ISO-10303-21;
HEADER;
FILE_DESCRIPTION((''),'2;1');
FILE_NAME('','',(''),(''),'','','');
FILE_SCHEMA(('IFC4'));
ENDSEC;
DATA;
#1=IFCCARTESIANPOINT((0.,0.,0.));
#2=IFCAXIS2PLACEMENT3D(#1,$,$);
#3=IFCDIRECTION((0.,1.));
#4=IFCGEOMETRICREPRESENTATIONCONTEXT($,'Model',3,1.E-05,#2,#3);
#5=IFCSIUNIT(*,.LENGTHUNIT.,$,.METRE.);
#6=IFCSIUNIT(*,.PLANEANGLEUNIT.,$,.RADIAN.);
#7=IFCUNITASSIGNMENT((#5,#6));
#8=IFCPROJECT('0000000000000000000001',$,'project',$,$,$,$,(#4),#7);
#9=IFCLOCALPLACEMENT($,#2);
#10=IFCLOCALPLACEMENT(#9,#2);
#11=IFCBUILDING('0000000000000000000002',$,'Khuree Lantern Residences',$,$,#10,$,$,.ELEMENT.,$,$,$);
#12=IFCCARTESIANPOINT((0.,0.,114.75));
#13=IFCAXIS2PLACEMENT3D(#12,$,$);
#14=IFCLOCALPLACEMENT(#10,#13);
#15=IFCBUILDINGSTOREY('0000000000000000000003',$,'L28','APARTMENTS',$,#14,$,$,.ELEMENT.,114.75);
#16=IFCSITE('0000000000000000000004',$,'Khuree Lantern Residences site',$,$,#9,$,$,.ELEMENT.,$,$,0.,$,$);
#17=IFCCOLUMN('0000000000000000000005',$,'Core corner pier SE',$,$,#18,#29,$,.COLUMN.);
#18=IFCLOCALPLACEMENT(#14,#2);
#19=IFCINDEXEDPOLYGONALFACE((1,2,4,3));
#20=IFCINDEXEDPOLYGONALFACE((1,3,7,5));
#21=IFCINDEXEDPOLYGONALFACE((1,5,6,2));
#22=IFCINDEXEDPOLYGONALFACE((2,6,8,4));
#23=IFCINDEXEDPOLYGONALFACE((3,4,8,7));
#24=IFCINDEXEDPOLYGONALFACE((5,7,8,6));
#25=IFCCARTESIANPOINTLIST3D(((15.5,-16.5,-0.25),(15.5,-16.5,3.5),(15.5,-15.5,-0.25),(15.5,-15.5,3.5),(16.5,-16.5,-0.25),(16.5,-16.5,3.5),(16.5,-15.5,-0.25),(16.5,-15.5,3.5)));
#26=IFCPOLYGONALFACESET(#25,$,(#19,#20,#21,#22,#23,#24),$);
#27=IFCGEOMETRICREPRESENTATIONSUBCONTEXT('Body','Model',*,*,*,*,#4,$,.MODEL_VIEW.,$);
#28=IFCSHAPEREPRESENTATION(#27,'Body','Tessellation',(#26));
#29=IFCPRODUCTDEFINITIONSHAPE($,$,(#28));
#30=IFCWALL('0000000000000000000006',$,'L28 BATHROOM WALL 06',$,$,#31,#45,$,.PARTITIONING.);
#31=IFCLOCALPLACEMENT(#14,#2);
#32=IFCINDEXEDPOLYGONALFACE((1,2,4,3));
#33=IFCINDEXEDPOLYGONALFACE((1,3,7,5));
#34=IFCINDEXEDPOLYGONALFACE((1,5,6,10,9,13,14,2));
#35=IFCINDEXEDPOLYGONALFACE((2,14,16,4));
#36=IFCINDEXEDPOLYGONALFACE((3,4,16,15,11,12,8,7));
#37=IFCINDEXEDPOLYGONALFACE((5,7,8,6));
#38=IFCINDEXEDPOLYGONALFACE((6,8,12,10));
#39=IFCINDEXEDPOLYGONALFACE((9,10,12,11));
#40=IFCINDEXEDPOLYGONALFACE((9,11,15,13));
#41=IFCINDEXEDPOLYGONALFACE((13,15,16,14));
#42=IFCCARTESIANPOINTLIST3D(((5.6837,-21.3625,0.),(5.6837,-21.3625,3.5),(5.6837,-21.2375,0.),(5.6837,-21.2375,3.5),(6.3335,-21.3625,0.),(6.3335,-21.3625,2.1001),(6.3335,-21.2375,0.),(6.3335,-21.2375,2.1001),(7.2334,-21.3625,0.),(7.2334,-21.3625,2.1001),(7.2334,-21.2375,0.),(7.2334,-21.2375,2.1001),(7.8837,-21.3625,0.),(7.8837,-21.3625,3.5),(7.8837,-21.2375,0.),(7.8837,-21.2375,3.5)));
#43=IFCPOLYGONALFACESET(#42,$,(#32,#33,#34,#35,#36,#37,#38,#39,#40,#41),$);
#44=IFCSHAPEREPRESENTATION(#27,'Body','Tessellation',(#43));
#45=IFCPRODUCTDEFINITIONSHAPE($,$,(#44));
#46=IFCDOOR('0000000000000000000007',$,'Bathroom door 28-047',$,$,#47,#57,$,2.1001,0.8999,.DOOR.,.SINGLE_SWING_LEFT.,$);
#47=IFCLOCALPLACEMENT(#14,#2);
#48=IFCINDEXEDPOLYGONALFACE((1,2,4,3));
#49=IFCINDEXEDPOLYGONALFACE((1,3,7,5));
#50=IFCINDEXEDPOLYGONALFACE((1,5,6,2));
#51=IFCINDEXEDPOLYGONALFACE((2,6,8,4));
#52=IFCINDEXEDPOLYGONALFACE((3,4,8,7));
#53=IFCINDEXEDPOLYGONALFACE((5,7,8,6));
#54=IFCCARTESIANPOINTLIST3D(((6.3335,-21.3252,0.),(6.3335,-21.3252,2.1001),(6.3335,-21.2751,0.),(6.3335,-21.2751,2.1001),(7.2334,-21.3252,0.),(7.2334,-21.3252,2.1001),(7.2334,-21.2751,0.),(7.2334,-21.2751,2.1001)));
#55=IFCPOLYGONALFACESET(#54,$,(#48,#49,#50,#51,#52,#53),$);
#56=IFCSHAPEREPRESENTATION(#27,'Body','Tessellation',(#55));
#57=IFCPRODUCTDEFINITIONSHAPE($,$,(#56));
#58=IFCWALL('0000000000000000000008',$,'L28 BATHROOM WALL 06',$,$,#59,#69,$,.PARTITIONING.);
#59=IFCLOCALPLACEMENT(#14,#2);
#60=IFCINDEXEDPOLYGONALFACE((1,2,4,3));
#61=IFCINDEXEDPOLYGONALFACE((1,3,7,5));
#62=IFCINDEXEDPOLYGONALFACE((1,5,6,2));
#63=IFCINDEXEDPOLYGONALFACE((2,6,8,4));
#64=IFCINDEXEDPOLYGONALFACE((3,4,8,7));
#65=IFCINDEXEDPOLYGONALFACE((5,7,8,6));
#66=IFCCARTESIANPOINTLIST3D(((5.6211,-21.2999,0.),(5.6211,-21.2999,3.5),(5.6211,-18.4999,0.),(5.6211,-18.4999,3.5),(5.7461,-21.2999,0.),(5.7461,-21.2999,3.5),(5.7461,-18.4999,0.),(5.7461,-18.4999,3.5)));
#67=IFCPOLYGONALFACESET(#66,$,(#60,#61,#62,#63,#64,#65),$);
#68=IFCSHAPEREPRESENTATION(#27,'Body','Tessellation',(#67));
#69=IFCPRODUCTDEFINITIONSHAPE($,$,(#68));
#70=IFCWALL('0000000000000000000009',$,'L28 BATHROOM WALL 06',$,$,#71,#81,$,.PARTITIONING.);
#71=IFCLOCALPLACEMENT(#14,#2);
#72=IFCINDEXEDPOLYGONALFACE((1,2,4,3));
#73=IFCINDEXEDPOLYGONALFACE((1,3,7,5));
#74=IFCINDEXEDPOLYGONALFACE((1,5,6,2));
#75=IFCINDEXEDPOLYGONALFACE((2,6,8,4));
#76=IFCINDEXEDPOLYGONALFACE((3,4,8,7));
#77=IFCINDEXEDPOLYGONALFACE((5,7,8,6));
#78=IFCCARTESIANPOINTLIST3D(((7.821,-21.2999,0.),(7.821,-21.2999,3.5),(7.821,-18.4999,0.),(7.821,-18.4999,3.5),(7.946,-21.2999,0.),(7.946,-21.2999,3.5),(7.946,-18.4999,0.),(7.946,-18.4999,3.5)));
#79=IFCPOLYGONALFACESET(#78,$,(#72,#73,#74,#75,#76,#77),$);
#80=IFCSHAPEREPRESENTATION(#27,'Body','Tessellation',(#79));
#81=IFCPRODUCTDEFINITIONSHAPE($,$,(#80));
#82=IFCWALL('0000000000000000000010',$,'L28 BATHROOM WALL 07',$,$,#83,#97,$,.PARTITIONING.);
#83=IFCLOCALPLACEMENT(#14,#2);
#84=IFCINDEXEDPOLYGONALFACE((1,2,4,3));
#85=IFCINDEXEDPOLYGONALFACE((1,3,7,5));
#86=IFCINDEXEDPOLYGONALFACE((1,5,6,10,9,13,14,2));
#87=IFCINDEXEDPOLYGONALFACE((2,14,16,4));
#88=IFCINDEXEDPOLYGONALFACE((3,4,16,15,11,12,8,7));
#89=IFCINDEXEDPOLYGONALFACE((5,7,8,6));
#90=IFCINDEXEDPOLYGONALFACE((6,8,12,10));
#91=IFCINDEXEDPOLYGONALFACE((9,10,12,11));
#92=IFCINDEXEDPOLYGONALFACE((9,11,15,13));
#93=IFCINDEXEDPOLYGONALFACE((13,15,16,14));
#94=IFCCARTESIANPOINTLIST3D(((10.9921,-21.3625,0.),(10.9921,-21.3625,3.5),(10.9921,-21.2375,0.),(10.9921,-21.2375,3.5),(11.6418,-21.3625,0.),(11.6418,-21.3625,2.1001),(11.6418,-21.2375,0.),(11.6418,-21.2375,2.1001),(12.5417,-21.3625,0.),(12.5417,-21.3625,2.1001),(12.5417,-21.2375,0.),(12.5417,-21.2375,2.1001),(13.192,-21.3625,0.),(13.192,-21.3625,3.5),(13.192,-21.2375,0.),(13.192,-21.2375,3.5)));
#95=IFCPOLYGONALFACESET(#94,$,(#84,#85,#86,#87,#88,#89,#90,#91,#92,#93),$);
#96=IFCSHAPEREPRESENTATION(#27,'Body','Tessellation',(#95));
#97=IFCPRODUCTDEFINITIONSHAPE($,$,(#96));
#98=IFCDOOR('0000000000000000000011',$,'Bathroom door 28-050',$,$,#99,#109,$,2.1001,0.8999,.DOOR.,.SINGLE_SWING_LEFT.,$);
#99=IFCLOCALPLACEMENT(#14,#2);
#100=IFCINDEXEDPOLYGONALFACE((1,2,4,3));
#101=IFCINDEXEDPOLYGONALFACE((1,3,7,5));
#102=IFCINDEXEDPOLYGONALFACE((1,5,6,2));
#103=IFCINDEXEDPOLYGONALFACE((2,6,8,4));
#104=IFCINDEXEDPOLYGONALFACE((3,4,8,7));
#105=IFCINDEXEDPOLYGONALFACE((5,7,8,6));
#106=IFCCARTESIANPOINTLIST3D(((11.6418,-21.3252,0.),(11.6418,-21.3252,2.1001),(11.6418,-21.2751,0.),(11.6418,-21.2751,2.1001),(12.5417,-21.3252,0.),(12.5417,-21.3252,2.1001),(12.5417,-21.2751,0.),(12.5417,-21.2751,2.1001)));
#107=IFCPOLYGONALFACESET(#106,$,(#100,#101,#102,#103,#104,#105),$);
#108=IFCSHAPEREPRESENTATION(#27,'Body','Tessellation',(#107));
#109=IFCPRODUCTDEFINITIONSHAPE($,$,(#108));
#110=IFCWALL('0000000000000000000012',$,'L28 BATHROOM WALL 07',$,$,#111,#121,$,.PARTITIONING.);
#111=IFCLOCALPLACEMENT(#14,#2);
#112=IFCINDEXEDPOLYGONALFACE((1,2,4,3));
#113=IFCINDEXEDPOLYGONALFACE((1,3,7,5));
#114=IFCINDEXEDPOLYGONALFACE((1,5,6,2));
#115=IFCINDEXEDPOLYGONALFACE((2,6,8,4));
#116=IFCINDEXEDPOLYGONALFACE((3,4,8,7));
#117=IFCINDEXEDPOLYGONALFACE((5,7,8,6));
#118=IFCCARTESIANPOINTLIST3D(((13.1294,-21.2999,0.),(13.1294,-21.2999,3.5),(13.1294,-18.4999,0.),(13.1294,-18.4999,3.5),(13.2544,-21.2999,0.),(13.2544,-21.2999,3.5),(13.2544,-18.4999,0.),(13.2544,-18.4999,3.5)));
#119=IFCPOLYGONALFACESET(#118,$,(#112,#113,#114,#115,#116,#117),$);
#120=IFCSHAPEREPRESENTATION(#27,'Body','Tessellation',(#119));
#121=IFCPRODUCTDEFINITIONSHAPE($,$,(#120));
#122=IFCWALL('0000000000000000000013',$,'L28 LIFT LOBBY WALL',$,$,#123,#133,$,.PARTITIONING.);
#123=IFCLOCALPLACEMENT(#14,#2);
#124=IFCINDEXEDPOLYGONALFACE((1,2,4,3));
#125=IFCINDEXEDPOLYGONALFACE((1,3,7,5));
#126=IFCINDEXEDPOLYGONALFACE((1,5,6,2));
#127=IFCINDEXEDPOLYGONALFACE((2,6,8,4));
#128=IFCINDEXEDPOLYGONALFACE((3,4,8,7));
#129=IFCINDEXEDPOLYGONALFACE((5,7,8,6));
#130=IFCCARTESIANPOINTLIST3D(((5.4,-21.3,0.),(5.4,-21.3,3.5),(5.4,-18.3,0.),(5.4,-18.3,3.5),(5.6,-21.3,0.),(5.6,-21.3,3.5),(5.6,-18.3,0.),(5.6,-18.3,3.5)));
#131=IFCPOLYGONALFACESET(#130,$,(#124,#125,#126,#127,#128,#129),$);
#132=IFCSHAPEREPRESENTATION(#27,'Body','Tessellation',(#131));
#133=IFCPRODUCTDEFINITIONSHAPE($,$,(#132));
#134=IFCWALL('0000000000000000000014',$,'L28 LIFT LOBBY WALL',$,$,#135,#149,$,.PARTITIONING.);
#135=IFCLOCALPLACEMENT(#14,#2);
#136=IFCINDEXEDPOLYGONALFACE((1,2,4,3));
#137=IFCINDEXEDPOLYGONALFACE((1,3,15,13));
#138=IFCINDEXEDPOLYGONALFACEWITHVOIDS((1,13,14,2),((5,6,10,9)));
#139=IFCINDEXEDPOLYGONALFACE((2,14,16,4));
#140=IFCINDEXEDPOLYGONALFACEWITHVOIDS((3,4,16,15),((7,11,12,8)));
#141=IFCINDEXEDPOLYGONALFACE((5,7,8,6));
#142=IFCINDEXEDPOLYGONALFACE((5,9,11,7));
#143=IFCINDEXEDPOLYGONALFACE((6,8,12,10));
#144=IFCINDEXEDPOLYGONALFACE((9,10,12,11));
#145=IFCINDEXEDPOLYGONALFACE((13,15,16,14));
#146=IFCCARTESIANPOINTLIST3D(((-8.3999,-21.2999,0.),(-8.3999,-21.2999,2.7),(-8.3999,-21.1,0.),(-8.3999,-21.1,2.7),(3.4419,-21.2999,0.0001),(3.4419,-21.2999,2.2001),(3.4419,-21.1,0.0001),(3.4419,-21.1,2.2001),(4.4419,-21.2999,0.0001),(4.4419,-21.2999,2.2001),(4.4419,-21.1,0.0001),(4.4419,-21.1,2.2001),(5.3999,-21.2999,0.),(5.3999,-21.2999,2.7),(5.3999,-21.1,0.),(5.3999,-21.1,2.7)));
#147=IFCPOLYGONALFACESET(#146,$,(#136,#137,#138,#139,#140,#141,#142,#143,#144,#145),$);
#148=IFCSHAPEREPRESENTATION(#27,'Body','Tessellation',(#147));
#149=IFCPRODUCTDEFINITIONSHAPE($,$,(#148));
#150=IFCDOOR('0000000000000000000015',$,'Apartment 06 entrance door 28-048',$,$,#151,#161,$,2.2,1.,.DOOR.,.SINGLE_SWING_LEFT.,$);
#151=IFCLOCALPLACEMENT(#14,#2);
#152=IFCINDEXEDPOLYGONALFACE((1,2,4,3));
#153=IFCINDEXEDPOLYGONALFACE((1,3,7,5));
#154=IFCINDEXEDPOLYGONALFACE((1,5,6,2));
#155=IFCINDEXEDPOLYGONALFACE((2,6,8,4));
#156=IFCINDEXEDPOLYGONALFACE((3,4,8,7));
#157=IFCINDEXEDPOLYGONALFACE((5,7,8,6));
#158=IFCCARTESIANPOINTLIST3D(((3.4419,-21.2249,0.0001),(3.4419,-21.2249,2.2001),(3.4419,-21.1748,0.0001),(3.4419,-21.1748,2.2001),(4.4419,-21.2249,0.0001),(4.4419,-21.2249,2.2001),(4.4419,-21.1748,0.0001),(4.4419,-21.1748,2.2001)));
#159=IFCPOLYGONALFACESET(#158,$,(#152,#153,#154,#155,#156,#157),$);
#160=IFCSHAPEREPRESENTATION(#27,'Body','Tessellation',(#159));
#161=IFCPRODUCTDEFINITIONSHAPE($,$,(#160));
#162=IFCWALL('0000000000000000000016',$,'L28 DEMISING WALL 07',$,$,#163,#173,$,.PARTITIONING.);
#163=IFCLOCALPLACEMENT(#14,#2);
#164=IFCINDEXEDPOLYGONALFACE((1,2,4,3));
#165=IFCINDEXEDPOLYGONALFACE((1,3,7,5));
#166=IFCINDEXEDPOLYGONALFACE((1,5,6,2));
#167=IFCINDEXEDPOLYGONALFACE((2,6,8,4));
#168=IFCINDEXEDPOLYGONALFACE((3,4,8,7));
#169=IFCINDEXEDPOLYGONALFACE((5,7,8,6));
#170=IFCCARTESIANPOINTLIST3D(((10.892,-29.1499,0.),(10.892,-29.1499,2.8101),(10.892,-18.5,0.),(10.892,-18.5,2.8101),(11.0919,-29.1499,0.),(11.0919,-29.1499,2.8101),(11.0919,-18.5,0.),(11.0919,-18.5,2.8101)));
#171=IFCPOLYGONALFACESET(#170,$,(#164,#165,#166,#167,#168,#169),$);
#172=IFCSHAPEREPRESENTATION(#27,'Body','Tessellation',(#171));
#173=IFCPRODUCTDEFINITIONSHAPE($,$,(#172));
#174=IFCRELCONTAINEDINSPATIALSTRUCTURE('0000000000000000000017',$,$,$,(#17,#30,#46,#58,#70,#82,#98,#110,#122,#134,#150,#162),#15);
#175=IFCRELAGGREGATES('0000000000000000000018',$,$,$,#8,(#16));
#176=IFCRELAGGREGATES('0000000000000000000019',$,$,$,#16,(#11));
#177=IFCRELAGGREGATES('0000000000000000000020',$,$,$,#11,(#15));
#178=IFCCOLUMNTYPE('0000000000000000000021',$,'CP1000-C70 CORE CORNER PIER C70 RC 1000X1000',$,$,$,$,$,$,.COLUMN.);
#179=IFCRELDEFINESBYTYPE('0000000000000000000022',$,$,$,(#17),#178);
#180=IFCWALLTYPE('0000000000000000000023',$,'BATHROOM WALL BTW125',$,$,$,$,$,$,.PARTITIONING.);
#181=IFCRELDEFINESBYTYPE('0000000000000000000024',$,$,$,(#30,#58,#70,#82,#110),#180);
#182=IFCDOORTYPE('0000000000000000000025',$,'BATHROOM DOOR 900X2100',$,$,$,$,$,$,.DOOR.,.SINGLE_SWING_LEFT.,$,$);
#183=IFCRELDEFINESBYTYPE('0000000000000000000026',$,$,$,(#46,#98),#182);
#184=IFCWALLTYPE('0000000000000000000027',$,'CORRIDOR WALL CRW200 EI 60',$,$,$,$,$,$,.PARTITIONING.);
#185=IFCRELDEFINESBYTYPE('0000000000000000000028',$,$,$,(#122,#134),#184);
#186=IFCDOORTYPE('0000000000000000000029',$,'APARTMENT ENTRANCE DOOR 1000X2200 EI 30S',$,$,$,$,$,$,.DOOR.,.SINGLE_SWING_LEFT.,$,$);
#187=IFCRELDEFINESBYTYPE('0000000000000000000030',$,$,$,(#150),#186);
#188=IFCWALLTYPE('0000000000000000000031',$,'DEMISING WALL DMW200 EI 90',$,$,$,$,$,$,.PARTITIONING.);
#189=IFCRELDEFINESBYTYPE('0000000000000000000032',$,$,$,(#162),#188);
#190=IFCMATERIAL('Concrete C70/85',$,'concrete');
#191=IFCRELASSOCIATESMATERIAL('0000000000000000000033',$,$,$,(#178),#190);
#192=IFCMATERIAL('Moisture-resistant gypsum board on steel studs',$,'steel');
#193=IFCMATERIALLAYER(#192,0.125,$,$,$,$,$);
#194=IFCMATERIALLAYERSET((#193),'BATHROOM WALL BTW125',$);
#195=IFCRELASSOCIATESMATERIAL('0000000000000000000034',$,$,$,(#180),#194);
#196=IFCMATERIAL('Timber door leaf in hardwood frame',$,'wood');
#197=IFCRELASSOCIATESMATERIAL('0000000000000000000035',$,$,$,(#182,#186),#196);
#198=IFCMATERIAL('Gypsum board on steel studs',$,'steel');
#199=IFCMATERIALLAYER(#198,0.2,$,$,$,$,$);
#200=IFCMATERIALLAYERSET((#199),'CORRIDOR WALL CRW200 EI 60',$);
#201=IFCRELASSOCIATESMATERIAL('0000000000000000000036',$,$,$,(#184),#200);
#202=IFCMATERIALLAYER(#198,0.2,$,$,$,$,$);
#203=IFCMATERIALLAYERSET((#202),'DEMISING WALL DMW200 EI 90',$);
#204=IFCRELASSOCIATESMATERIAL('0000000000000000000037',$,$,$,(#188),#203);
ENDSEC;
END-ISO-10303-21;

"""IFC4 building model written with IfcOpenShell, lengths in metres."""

from ifc_helpers import new_model, si_unit, direction, frame, frame_2d, origin, origin_2d, place, context, subcontext, project, spatial, rectangle, extrude, material, layer, layer_set, material_profile, profile_set, type_object, element, fill, save


model = new_model("IFC4")

# Units and contexts
model_context = context("Model", 3, precision=1e-05, world=origin(), true_north=direction((0.0, 1.0)))
body_context = subcontext(model_context, "Body", "Model", "MODEL_VIEW")
ifc_project = project(units=[si_unit("LENGTHUNIT", "METRE"), si_unit("PLANEANGLEUNIT", "RADIAN")], contexts=[model_context])

# Site, building, storey
site_placement = place(None, origin())
site = spatial("IfcSite", under=ifc_project, at=site_placement, Name="Khuree Lantern Residences site", CompositionType="ELEMENT", RefElevation=0.0)
building_placement = place(site_placement, origin())
building = spatial("IfcBuilding", under=site, at=building_placement, Name="Khuree Lantern Residences", CompositionType="ELEMENT")
storey_placement = place(building_placement, frame((0.0, 0.0, 114.75)))
storey = spatial("IfcBuildingStorey", under=building, at=storey_placement, Name="L28", Description="APARTMENTS", CompositionType="ELEMENT", Elevation=114.75)

# Column
ifc_material_1 = material(Name="Concrete C70/85", Category="concrete")
ifc_material_profile = material_profile(ifc_material_1, rectangle(XDim=1.0, YDim=1.0, at=origin_2d()), Name="RC 1000X1000")
ifc_profile_set = profile_set([ifc_material_profile], Name="Concrete C70/85")
column_type = type_object("IfcColumnType", Name="CP1000-C70 CORE CORNER PIER C70 RC 1000X1000", PredefinedType="COLUMN", material=ifc_profile_set)
column_placement = place(storey_placement, frame((16.0, -16.0, -0.25), z_axis=(0.0, 0.0, 1.0), x_axis=(1.0, 0.0, 0.0)))
element("IfcColumn", 1, at=column_placement, inside=storey, type_object=column_type, Name="Core corner pier SE", PredefinedType="COLUMN", context=body_context, shape_type="SweptSolid", body=[
    extrude(rectangle(XDim=1.0, YDim=1.0, at=origin_2d()), origin(), (0.0, 0.0, 1.0), 3.75),
])

# Wall, opening, door
ifc_material_2 = material(Name="Moisture-resistant gypsum board on steel studs", Category="steel")
ifc_layer_1 = layer(ifc_material_2, 0.125)
ifc_layer_set_1 = layer_set([ifc_layer_1], Name="BATHROOM WALL BTW125")
wall_type_1 = type_object("IfcWallType", Name="BATHROOM WALL BTW125", PredefinedType="PARTITIONING", material=ifc_layer_set_1)
wall_1_placement = place(storey_placement, frame((5.6836, -21.3, 0.0), z_axis=(0.0, 0.0, 1.0), x_axis=(1.0, 0.0, 0.0)))
wall_1 = element("IfcWall", 2, at=wall_1_placement, inside=storey, type_object=wall_type_1, Name="L28 BATHROOM WALL 06", PredefinedType="PARTITIONING", context=body_context, shape_type="SweptSolid", body=[
    extrude(rectangle(XDim=2.2, YDim=0.125, at=frame_2d((1.1001, 0.0))), origin(), (0.0, 0.0, 1.0), 3.5),
])
opening_1_placement = place(wall_1_placement, frame((0.6499, 0.0, 0.0)))
opening_1 = element("IfcOpeningElement", 3, at=opening_1_placement, cuts=wall_1, PredefinedType="OPENING", context=body_context, shape_type="SweptSolid", body=[
    extrude(rectangle(XDim=0.8999, YDim=2.1001, at=frame_2d((0.45, 1.05))), frame((0.0, 0.0725, 0.0), z_axis=(0.0, -1.0, 0.0), x_axis=(1.0, 0.0, 0.0)), (0.0, 0.0, 1.0), 0.145),
])
ifc_material_3 = material(Name="Timber door leaf in hardwood frame", Category="wood")
door_type_1 = type_object("IfcDoorType", Name="BATHROOM DOOR 900X2100", OperationType="SINGLE_SWING_LEFT", PredefinedType="DOOR", material=ifc_material_3)
door_1_placement = place(opening_1_placement, origin())
door_1 = element("IfcDoor", 4, at=door_1_placement, inside=storey, type_object=door_type_1, Name="Bathroom door 28-047", OperationType="SINGLE_SWING_LEFT", OverallHeight=2.1001, OverallWidth=0.8999, PredefinedType="DOOR", context=body_context, shape_type="SweptSolid", body=[
    extrude(rectangle(XDim=0.8999, YDim=2.1001, at=frame_2d((0.45, 1.05))), frame((0.0, 0.0249, 0.0), z_axis=(0.0, -1.0, 0.0), x_axis=(1.0, 0.0, 0.0)), (0.0, 0.0, 1.0), 0.05),
])
fill(opening_1, door_1)

# Walls
for number, where, z_axis, x_axis, name in (
    (5, (5.6836, -18.5, 0.0), (0.0, 0.0, 1.0), (0.0, -1.0, 0.0), "L28 BATHROOM WALL 06"),
    (6, (7.8835, -18.5, 0.0), (0.0, 0.0, 1.0), (0.0, -1.0, 0.0), "L28 BATHROOM WALL 06"),
):
    element("IfcWall", number, at=place(storey_placement, frame(where, z_axis=z_axis, x_axis=x_axis)), inside=storey, type_object=wall_type_1, Name=name, PredefinedType="PARTITIONING", context=body_context, shape_type="SweptSolid", body=[
        extrude(rectangle(XDim=2.8, YDim=0.125, at=frame_2d((1.3999, 0.0))), origin(), (0.0, 0.0, 1.0), 3.5),
    ])

# Wall, opening, door
wall_2_placement = place(storey_placement, frame((10.9919, -21.3, 0.0), z_axis=(0.0, 0.0, 1.0), x_axis=(1.0, 0.0, 0.0)))
wall_2 = element("IfcWall", 7, at=wall_2_placement, inside=storey, type_object=wall_type_1, Name="L28 BATHROOM WALL 07", PredefinedType="PARTITIONING", context=body_context, shape_type="SweptSolid", body=[
    extrude(rectangle(XDim=2.2, YDim=0.125, at=frame_2d((1.1001, 0.0))), origin(), (0.0, 0.0, 1.0), 3.5),
])
opening_2_placement = place(wall_2_placement, frame((0.6499, 0.0, 0.0)))
opening_2 = element("IfcOpeningElement", 8, at=opening_2_placement, cuts=wall_2, PredefinedType="OPENING", context=body_context, shape_type="SweptSolid", body=[
    extrude(rectangle(XDim=0.8999, YDim=2.1001, at=frame_2d((0.45, 1.05))), frame((0.0, 0.0725, 0.0), z_axis=(0.0, -1.0, 0.0), x_axis=(1.0, 0.0, 0.0)), (0.0, 0.0, 1.0), 0.145),
])
door_2_placement = place(opening_2_placement, origin())
door_2 = element("IfcDoor", 9, at=door_2_placement, inside=storey, type_object=door_type_1, Name="Bathroom door 28-050", OperationType="SINGLE_SWING_LEFT", OverallHeight=2.1001, OverallWidth=0.8999, PredefinedType="DOOR", context=body_context, shape_type="SweptSolid", body=[
    extrude(rectangle(XDim=0.8999, YDim=2.1001, at=frame_2d((0.45, 1.05))), frame((0.0, 0.0249, 0.0), z_axis=(0.0, -1.0, 0.0), x_axis=(1.0, 0.0, 0.0)), (0.0, 0.0, 1.0), 0.05),
])
fill(opening_2, door_2)

# Walls
wall_3_placement = place(storey_placement, frame((13.1919, -18.5, 0.0), z_axis=(0.0, 0.0, 1.0), x_axis=(0.0, -1.0, 0.0)))
element("IfcWall", 10, at=wall_3_placement, inside=storey, type_object=wall_type_1, Name="L28 BATHROOM WALL 07", PredefinedType="PARTITIONING", context=body_context, shape_type="SweptSolid", body=[
    extrude(rectangle(XDim=2.8, YDim=0.125, at=frame_2d((1.3999, 0.0))), origin(), (0.0, 0.0, 1.0), 3.5),
])
ifc_material_4 = material(Name="Gypsum board on steel studs", Category="steel")
ifc_layer_2 = layer(ifc_material_4, 0.2)
ifc_layer_set_2 = layer_set([ifc_layer_2], Name="CORRIDOR WALL CRW200 EI 60")
wall_type_2 = type_object("IfcWallType", Name="CORRIDOR WALL CRW200 EI 60", PredefinedType="PARTITIONING", material=ifc_layer_set_2)
wall_4_placement = place(storey_placement, frame((5.5, -18.3, 0.0), z_axis=(0.0, 0.0, 1.0), x_axis=(0.0, -1.0, 0.0)))
element("IfcWall", 11, at=wall_4_placement, inside=storey, type_object=wall_type_2, Name="L28 LIFT LOBBY WALL", PredefinedType="PARTITIONING", context=body_context, shape_type="SweptSolid", body=[
    extrude(rectangle(XDim=3.0, YDim=0.2, at=frame_2d((1.5, 0.0))), origin(), (0.0, 0.0, 1.0), 3.5),
])

# Wall, opening, door
wall_5_placement = place(storey_placement, frame((5.3999, -21.2, 0.0), z_axis=(0.0, 0.0, 1.0), x_axis=(-1.0, 0.0, 0.0)))
wall_5 = element("IfcWall", 12, at=wall_5_placement, inside=storey, type_object=wall_type_2, Name="L28 LIFT LOBBY WALL", PredefinedType="PARTITIONING", context=body_context, shape_type="SweptSolid", body=[
    extrude(rectangle(XDim=13.7998, YDim=0.2, at=frame_2d((6.8999, 0.0))), origin(), (0.0, 0.0, 1.0), 2.7),
])
opening_3_placement = place(wall_5_placement, frame((0.958, 0.0, 0.0)))
opening_3 = element("IfcOpeningElement", 13, at=opening_3_placement, cuts=wall_5, PredefinedType="OPENING", context=body_context, shape_type="SweptSolid", body=[
    extrude(rectangle(XDim=1.0, YDim=2.2, at=frame_2d((0.5, 1.1001))), frame((0.0, 0.1099, 0.0), z_axis=(0.0, -1.0, 0.0), x_axis=(1.0, 0.0, 0.0)), (0.0, 0.0, 1.0), 0.22),
])
door_type_2 = type_object("IfcDoorType", Name="APARTMENT ENTRANCE DOOR 1000X2200 EI 30S", OperationType="SINGLE_SWING_LEFT", PredefinedType="DOOR", material=ifc_material_3)
door_3_placement = place(opening_3_placement, origin())
door_3 = element("IfcDoor", 14, at=door_3_placement, inside=storey, type_object=door_type_2, Name="Apartment 06 entrance door 28-048", OperationType="SINGLE_SWING_LEFT", OverallHeight=2.2, OverallWidth=1.0, PredefinedType="DOOR", context=body_context, shape_type="SweptSolid", body=[
    extrude(rectangle(XDim=1.0, YDim=2.2, at=frame_2d((0.5, 1.1001))), frame((0.0, 0.0249, 0.0), z_axis=(0.0, -1.0, 0.0), x_axis=(1.0, 0.0, 0.0)), (0.0, 0.0, 1.0), 0.05),
])
fill(opening_3, door_3)

# Wall
ifc_layer_3 = layer(ifc_material_4, 0.2)
ifc_layer_set_3 = layer_set([ifc_layer_3], Name="DEMISING WALL DMW200 EI 90")
wall_type_3 = type_object("IfcWallType", Name="DEMISING WALL DMW200 EI 90", PredefinedType="PARTITIONING", material=ifc_layer_set_3)
wall_6_placement = place(storey_placement, frame((10.9919, -18.5, 0.0), z_axis=(0.0, 0.0, 1.0), x_axis=(0.0, -1.0, 0.0)))
element("IfcWall", 15, at=wall_6_placement, inside=storey, type_object=wall_type_3, Name="L28 DEMISING WALL 07", PredefinedType="PARTITIONING", context=body_context, shape_type="SweptSolid", body=[
    extrude(rectangle(XDim=10.6499, YDim=0.2, at=frame_2d((5.325, 0.0))), origin(), (0.0, 0.0, 1.0), 2.8101),
])

save(model, "model.ifc")
